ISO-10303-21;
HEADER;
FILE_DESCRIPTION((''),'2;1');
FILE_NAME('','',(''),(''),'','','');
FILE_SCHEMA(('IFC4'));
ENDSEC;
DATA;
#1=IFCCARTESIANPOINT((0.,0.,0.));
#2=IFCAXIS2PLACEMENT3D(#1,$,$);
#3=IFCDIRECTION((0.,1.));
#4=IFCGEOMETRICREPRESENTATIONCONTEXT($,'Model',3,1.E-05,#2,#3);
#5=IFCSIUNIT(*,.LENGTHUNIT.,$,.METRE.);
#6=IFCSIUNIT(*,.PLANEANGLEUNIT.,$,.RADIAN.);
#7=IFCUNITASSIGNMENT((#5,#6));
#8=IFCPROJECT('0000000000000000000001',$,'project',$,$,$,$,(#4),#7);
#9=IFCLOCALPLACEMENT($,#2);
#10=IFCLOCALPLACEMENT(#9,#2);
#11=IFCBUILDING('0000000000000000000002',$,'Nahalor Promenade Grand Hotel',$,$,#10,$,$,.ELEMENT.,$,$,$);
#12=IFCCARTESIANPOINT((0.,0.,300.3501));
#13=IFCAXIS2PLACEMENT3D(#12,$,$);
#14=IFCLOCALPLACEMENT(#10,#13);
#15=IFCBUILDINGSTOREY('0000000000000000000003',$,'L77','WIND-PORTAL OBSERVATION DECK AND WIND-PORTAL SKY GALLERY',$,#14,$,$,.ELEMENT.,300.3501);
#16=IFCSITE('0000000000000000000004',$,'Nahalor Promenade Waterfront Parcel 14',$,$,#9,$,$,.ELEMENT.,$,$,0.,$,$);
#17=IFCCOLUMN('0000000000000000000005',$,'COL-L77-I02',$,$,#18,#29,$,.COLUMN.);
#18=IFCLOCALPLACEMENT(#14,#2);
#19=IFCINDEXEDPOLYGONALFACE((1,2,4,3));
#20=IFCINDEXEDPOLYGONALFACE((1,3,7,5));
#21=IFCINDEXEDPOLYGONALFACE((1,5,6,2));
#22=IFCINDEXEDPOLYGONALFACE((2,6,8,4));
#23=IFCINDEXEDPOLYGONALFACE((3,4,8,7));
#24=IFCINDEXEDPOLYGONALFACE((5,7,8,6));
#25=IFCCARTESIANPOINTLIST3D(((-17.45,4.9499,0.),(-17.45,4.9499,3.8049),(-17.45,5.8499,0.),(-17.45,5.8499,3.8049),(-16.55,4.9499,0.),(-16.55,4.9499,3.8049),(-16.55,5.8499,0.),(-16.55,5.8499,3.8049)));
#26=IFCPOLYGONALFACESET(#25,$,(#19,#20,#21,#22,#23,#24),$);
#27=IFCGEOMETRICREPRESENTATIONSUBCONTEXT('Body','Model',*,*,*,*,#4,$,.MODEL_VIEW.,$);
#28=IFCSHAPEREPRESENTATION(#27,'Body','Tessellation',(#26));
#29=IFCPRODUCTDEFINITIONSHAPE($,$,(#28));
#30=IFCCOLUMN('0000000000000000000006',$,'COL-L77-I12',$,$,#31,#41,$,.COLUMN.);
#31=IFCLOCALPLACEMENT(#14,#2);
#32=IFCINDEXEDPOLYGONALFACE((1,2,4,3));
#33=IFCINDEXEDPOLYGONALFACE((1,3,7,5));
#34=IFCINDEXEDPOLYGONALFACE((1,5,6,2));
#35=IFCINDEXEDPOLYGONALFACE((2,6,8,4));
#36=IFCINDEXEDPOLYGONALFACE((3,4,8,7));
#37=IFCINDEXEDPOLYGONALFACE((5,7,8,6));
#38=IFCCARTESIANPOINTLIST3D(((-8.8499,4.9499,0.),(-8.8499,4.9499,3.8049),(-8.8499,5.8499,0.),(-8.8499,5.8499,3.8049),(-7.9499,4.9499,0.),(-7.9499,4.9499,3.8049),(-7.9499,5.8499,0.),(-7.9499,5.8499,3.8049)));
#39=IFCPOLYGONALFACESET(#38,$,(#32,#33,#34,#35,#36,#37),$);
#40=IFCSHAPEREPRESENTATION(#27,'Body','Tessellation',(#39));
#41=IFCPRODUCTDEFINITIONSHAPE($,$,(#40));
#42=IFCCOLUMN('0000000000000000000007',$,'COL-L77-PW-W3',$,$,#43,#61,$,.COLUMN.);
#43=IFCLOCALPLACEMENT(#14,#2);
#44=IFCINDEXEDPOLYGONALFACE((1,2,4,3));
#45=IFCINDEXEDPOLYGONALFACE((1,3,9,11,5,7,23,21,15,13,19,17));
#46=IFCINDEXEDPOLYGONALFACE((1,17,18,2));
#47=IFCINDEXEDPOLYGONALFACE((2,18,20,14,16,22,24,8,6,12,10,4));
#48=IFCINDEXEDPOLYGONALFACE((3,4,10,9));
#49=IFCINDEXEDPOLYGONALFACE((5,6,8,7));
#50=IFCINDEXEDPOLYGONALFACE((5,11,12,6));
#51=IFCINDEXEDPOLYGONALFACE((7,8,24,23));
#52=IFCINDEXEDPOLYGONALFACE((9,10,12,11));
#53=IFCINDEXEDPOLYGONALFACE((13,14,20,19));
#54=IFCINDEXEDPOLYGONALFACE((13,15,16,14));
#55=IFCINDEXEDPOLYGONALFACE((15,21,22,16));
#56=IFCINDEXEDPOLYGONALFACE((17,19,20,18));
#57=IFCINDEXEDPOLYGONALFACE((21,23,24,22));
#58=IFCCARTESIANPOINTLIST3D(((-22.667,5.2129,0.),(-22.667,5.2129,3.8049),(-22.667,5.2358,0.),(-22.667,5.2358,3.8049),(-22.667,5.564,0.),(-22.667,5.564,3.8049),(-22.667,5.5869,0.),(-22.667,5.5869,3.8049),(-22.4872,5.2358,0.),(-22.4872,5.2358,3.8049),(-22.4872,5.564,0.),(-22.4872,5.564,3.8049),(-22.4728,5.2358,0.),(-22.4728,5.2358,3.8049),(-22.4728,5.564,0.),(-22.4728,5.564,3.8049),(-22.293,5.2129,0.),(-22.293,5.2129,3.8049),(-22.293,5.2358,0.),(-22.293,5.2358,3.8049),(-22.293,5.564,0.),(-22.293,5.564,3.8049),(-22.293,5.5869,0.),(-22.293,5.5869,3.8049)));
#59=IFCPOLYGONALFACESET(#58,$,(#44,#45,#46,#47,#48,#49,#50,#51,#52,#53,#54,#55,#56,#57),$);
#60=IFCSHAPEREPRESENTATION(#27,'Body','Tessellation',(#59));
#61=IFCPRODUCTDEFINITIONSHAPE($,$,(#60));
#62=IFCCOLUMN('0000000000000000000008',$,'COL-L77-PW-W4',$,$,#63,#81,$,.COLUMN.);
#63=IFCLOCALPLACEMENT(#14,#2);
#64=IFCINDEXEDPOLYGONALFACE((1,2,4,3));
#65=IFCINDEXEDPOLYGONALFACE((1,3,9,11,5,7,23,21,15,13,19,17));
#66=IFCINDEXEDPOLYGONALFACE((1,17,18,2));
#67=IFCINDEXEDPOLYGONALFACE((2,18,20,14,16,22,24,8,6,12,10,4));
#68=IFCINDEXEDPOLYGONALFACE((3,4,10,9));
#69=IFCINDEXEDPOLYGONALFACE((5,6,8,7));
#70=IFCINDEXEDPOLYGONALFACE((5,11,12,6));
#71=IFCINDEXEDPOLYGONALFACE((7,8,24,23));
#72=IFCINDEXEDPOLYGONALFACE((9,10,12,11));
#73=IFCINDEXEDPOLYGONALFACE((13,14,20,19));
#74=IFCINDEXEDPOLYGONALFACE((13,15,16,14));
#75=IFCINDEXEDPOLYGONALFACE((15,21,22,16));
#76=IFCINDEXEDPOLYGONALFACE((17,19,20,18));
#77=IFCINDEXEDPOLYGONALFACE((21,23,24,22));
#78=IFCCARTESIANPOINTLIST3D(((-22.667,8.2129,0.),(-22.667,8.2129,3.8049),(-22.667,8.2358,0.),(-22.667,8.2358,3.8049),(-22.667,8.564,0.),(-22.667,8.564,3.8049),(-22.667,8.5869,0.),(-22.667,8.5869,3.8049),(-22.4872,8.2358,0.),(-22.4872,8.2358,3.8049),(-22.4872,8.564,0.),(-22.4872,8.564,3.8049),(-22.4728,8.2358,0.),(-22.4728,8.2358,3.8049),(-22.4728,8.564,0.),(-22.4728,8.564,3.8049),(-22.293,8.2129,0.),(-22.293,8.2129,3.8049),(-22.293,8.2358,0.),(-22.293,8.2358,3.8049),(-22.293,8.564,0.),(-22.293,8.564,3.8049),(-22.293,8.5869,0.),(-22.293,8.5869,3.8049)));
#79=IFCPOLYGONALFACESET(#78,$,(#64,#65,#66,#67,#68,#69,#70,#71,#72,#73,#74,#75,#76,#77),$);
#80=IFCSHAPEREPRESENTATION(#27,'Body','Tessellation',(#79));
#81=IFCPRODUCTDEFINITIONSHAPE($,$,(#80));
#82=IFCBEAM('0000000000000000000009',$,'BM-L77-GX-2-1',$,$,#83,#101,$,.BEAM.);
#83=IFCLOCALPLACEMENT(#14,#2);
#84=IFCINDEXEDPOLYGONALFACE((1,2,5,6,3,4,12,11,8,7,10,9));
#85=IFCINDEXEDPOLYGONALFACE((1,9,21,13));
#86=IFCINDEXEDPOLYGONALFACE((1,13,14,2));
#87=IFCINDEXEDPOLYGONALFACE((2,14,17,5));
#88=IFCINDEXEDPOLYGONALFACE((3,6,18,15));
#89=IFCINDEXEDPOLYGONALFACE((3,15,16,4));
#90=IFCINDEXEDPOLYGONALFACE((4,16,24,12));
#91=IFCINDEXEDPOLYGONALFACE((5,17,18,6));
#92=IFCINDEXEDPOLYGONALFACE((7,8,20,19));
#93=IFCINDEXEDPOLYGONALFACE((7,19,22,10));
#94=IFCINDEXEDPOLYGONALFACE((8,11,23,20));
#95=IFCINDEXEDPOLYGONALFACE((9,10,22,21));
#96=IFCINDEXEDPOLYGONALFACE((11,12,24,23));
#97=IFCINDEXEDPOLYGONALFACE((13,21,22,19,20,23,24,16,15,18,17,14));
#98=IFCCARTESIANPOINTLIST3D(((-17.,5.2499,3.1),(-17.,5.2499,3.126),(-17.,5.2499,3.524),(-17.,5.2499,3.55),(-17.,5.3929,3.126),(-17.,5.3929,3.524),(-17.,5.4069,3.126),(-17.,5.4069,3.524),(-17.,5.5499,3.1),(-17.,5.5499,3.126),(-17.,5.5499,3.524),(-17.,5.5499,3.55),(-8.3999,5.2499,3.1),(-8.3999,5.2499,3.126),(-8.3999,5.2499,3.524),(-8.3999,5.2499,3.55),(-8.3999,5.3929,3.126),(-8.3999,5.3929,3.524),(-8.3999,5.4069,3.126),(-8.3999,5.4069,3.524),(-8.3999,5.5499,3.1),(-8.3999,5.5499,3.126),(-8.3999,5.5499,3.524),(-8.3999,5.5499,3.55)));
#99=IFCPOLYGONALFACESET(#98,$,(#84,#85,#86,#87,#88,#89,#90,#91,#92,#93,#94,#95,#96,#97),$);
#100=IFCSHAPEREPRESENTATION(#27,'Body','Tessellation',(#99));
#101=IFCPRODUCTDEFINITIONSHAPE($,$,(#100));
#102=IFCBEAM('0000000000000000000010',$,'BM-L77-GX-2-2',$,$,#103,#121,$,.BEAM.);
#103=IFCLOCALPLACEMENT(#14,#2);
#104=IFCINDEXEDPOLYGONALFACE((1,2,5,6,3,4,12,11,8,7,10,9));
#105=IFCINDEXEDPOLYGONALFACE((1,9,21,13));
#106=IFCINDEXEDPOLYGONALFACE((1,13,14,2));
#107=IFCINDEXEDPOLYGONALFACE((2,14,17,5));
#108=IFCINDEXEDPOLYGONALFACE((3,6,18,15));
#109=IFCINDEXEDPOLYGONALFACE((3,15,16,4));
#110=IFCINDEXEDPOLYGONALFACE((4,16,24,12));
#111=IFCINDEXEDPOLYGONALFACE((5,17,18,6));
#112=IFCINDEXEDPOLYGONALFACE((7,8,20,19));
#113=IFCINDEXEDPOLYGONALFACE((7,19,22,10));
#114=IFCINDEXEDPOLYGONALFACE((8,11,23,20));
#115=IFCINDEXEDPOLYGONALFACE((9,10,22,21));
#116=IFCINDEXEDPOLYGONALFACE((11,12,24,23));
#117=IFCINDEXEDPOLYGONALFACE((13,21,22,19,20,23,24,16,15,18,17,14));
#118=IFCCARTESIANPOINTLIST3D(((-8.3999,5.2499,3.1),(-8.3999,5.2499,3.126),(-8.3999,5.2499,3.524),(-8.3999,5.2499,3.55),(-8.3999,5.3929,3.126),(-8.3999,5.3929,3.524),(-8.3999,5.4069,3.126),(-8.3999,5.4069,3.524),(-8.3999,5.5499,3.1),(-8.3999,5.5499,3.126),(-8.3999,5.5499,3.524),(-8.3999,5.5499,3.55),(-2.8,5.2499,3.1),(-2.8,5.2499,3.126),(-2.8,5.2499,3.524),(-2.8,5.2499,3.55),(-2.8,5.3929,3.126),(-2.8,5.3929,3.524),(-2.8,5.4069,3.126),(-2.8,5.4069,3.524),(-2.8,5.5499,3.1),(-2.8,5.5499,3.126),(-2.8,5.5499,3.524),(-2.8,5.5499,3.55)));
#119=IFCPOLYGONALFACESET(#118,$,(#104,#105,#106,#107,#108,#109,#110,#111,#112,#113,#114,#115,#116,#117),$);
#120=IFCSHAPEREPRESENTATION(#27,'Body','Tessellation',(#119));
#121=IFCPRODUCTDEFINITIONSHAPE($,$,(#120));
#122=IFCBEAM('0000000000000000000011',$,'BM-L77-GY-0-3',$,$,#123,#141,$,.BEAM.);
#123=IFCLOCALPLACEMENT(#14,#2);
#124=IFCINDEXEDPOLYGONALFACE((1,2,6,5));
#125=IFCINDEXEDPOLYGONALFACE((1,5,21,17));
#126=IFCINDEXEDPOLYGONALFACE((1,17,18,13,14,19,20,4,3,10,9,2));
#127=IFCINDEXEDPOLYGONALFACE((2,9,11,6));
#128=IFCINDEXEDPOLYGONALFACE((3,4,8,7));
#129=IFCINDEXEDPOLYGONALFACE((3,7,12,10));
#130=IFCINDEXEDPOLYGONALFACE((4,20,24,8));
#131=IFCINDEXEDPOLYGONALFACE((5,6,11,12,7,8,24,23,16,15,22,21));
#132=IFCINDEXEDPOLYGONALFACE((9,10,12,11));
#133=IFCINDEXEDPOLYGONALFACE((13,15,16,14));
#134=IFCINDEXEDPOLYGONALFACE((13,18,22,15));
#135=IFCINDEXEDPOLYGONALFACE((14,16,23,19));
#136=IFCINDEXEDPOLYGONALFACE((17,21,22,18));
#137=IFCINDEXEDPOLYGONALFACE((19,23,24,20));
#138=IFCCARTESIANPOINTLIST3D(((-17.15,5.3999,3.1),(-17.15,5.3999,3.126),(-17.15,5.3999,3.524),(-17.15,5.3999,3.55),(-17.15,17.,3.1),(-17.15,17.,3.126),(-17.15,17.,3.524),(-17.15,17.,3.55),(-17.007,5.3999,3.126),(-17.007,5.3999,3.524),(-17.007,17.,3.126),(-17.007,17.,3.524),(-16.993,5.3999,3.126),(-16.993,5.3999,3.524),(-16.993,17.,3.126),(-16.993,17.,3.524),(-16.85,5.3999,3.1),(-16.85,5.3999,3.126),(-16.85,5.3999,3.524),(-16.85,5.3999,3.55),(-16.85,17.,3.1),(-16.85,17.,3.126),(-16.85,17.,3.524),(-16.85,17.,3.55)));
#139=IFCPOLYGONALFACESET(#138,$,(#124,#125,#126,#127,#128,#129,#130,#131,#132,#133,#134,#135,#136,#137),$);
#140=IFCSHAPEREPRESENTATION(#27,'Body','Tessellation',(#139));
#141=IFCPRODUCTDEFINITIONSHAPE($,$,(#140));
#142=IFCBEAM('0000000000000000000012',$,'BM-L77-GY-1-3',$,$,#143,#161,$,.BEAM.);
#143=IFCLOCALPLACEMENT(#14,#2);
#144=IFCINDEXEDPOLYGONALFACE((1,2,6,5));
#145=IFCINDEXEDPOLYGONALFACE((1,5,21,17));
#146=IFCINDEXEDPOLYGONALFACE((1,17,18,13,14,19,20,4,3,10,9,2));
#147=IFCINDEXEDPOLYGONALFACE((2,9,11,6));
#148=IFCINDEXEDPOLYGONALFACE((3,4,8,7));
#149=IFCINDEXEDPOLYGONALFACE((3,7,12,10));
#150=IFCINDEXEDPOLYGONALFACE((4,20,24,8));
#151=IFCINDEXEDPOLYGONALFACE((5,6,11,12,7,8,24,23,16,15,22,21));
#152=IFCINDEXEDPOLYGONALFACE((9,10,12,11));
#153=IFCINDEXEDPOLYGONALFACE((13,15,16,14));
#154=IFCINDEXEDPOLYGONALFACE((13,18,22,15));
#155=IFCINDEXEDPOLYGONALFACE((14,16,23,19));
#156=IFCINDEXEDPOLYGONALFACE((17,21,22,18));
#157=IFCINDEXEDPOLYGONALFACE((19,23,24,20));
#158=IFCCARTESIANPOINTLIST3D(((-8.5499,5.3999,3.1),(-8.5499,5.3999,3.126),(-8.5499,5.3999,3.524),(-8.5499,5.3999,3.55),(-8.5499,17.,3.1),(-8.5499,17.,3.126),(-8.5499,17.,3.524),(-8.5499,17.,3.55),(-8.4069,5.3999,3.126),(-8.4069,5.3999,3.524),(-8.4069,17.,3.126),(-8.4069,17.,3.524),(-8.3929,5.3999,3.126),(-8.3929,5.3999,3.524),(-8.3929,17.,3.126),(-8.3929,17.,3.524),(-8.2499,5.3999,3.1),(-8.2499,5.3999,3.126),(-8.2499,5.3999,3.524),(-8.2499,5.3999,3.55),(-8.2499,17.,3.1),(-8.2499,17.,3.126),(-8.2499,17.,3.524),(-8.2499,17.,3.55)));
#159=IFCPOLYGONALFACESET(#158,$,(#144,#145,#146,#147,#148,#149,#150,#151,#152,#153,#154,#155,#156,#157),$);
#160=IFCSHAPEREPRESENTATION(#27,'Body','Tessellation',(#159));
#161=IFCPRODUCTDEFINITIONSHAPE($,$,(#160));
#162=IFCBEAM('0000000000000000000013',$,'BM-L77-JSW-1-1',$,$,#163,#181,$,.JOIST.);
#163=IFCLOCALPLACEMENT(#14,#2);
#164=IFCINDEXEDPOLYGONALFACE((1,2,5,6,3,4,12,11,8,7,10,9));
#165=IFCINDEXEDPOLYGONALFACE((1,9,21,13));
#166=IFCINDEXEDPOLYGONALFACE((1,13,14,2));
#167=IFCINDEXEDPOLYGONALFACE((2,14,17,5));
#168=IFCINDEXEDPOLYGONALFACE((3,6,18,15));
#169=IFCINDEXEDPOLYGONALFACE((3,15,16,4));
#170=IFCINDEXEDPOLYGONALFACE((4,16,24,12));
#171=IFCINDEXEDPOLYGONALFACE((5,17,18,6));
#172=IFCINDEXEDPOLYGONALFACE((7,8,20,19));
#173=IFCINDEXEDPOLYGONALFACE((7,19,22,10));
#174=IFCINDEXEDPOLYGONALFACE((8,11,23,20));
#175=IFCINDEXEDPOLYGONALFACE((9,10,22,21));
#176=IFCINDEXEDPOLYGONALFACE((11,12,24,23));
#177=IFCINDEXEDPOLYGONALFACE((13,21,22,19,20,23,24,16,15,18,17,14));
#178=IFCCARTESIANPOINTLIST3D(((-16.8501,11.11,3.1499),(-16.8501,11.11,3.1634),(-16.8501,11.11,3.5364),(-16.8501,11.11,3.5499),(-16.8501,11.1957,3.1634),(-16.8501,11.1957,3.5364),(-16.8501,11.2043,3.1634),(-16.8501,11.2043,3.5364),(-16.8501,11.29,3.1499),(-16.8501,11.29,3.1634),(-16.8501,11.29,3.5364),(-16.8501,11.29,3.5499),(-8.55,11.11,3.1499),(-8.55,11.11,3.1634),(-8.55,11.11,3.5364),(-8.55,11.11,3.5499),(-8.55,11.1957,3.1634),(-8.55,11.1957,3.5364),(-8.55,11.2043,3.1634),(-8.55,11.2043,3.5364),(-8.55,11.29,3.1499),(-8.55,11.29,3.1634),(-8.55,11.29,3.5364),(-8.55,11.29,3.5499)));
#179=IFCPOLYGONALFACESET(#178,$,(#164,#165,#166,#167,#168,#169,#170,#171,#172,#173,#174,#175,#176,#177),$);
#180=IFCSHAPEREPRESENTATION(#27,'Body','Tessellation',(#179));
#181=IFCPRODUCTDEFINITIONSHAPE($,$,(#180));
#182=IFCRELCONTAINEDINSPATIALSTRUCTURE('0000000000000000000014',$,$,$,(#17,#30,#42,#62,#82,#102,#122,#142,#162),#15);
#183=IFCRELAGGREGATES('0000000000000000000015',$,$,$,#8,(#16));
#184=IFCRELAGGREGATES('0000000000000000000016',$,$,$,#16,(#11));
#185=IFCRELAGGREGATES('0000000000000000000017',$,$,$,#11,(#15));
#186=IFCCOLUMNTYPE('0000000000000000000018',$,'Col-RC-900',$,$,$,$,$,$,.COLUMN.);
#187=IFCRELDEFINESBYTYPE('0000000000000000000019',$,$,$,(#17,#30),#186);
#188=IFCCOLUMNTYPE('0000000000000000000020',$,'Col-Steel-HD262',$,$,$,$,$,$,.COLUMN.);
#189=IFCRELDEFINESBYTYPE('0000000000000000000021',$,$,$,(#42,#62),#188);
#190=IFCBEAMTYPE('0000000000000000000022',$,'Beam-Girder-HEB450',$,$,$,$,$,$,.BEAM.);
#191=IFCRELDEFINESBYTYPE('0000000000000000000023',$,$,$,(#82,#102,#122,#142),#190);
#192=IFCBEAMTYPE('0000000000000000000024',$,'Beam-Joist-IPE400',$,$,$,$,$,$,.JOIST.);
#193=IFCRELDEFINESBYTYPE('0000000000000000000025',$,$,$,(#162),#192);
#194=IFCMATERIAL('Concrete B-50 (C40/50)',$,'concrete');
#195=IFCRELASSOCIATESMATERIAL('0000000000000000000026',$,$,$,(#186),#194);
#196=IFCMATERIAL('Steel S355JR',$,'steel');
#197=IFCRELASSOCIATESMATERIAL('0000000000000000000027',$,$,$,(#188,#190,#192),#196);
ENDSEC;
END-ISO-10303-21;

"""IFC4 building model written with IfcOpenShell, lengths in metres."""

from ifc_helpers import new_model, si_unit, direction, frame, origin, origin_2d, place, context, subcontext, project, spatial, rectangle, i_section, extrude, source, transform, mapped, material, material_profile, profile_set, type_object, element, save


model = new_model("IFC4")

# Units and contexts
model_context = context("Model", 3, precision=1e-05, world=origin(), true_north=direction((0.0, 1.0)))
body_context = subcontext(model_context, "Body", "Model", "MODEL_VIEW")
ifc_project = project(units=[si_unit("LENGTHUNIT", "METRE"), si_unit("PLANEANGLEUNIT", "RADIAN")], contexts=[model_context])

# Site, building, storey
site_placement = place(None, origin())
site = spatial("IfcSite", under=ifc_project, at=site_placement, Name="Nahalor Promenade Waterfront Parcel 14", CompositionType="ELEMENT", RefElevation=0.0)
building_placement = place(site_placement, origin())
building = spatial("IfcBuilding", under=site, at=building_placement, Name="Nahalor Promenade Grand Hotel", CompositionType="ELEMENT")
storey_placement = place(building_placement, frame((0.0, 0.0, 300.3501)))
storey = spatial("IfcBuildingStorey", under=building, at=storey_placement, Name="L77", Description="WIND-PORTAL OBSERVATION DECK AND WIND-PORTAL SKY GALLERY", CompositionType="ELEMENT", Elevation=300.3501)

# Columns
ifc_material_1 = material(Name="Concrete B-50 (C40/50)", Category="concrete")
ifc_material_profile_1 = material_profile(ifc_material_1, rectangle(XDim=0.9, YDim=0.9, at=origin_2d()), Name="RC 900x900")
ifc_profile_set_1 = profile_set([ifc_material_profile_1], Name="Concrete B-50 (C40/50)")
column_type_1 = type_object("IfcColumnType", Name="Col-RC-900", PredefinedType="COLUMN", material=ifc_profile_set_1)
shared_shape_1 = source(origin(), body_context, "Body", "SweptSolid", [
    extrude(rectangle(XDim=0.9, YDim=0.9, at=origin_2d()), origin(), (0.0, 0.0, 1.0), 3.8049),
])
for number, where, z_axis, x_axis, name in (
    (1, (-17.0, 5.3999, 0.0), (0.0, 0.0, 1.0), (1.0, 0.0, 0.0), "COL-L77-I02"),
    (2, (-8.3999, 5.3999, 0.0), (0.0, 0.0, 1.0), (1.0, 0.0, 0.0), "COL-L77-I12"),
):
    element("IfcColumn", number, at=place(storey_placement, frame(where, z_axis=z_axis, x_axis=x_axis)), inside=storey, type_object=column_type_1, Name=name, PredefinedType="COLUMN", context=body_context, shape_type="MappedRepresentation", body=[
        mapped(shared_shape_1, transform((0.0, 0.0, 0.0), scale=1.0)),
    ])
ifc_material_2 = material(Name="Steel S355JR", Category="steel")
ifc_material_profile_2 = material_profile(ifc_material_2, i_section(OverallWidth=0.374, OverallDepth=0.374, WebThickness=0.0144, FlangeThickness=0.0229, at=origin_2d()), Name="HD 360x262")
ifc_profile_set_2 = profile_set([ifc_material_profile_2], Name="Steel S355JR")
column_type_2 = type_object("IfcColumnType", Name="Col-Steel-HD262", PredefinedType="COLUMN", material=ifc_profile_set_2)
shared_shape_2 = source(origin(), body_context, "Body", "SweptSolid", [
    extrude(i_section(OverallWidth=0.374, OverallDepth=0.374, WebThickness=0.0144, FlangeThickness=0.0229, at=origin_2d()), origin(), (0.0, 0.0, 1.0), 3.8049),
])
for number, where, z_axis, x_axis, name in (
    (3, (-22.48, 5.3999, 0.0), (0.0, 0.0, 1.0), (1.0, 0.0, 0.0), "COL-L77-PW-W3"),
    (4, (-22.48, 8.3999, 0.0), (0.0, 0.0, 1.0), (1.0, 0.0, 0.0), "COL-L77-PW-W4"),
):
    element("IfcColumn", number, at=place(storey_placement, frame(where, z_axis=z_axis, x_axis=x_axis)), inside=storey, type_object=column_type_2, Name=name, PredefinedType="COLUMN", context=body_context, shape_type="MappedRepresentation", body=[
        mapped(shared_shape_2, transform((0.0, 0.0, 0.0), scale=1.0)),
    ])

# Beams
ifc_material_profile_3 = material_profile(ifc_material_2, i_section(OverallWidth=0.3, OverallDepth=0.45, WebThickness=0.014, FlangeThickness=0.026, at=origin_2d()), Name="HEB 450")
ifc_profile_set_3 = profile_set([ifc_material_profile_3], Name="Steel S355JR")
beam_type_1 = type_object("IfcBeamType", Name="Beam-Girder-HEB450", PredefinedType="BEAM", material=ifc_profile_set_3)
shared_shape_3 = source(origin(), body_context, "Body", "SweptSolid", [
    extrude(i_section(OverallWidth=0.3, OverallDepth=0.45, WebThickness=0.014, FlangeThickness=0.026, at=origin_2d()), origin(), (0.0, 0.0, 1.0), 8.6001),
])
beam_1_placement = place(storey_placement, frame((-17.0, 5.3999, 3.325), z_axis=(1.0, 0.0, 0.0), x_axis=(0.0, 1.0, 0.0)))
element("IfcBeam", 5, at=beam_1_placement, inside=storey, type_object=beam_type_1, Name="BM-L77-GX-2-1", PredefinedType="BEAM", context=body_context, shape_type="MappedRepresentation", body=[
    mapped(shared_shape_3, transform((0.0, 0.0, 0.0), scale=1.0)),
])
shared_shape_4 = source(origin(), body_context, "Body", "SweptSolid", [
    extrude(i_section(OverallWidth=0.3, OverallDepth=0.45, WebThickness=0.014, FlangeThickness=0.026, at=origin_2d()), origin(), (0.0, 0.0, 1.0), 5.5999),
])
beam_2_placement = place(storey_placement, frame((-8.3999, 5.3999, 3.325), z_axis=(1.0, 0.0, 0.0), x_axis=(0.0, 1.0, 0.0)))
element("IfcBeam", 6, at=beam_2_placement, inside=storey, type_object=beam_type_1, Name="BM-L77-GX-2-2", PredefinedType="BEAM", context=body_context, shape_type="MappedRepresentation", body=[
    mapped(shared_shape_4, transform((0.0, 0.0, 0.0), scale=1.0)),
])
shared_shape_5 = source(origin(), body_context, "Body", "SweptSolid", [
    extrude(i_section(OverallWidth=0.3, OverallDepth=0.45, WebThickness=0.014, FlangeThickness=0.026, at=origin_2d()), origin(), (0.0, 0.0, 1.0), 11.6001),
])
for number, where, z_axis, x_axis, name in (
    (7, (-17.0, 5.3999, 3.325), (0.0, 1.0, 0.0), (-1.0, 0.0, 0.0), "BM-L77-GY-0-3"),
    (8, (-8.3999, 5.3999, 3.325), (0.0, 1.0, 0.0), (-1.0, 0.0, 0.0), "BM-L77-GY-1-3"),
):
    element("IfcBeam", number, at=place(storey_placement, frame(where, z_axis=z_axis, x_axis=x_axis)), inside=storey, type_object=beam_type_1, Name=name, PredefinedType="BEAM", context=body_context, shape_type="MappedRepresentation", body=[
        mapped(shared_shape_5, transform((0.0, 0.0, 0.0), scale=1.0)),
    ])
ifc_material_profile_4 = material_profile(ifc_material_2, i_section(OverallWidth=0.18, OverallDepth=0.4, WebThickness=0.0086, FlangeThickness=0.0135, at=origin_2d()), Name="IPE 400")
ifc_profile_set_4 = profile_set([ifc_material_profile_4], Name="Steel S355JR")
beam_type_2 = type_object("IfcBeamType", Name="Beam-Joist-IPE400", PredefinedType="JOIST", material=ifc_profile_set_4)
shared_shape_6 = source(origin(), body_context, "Body", "SweptSolid", [
    extrude(i_section(OverallWidth=0.18, OverallDepth=0.4, WebThickness=0.0086, FlangeThickness=0.0135, at=origin_2d()), origin(), (0.0, 0.0, 1.0), 8.3),
])
beam_3_placement = place(storey_placement, frame((-16.8501, 11.2, 3.3499), z_axis=(1.0, 0.0, 0.0), x_axis=(0.0, 1.0, 0.0)))
element("IfcBeam", 9, at=beam_3_placement, inside=storey, type_object=beam_type_2, Name="BM-L77-JSW-1-1", PredefinedType="JOIST", context=body_context, shape_type="MappedRepresentation", body=[
    mapped(shared_shape_6, transform((0.0, 0.0, 0.0), scale=1.0)),
])

save(model, "model.ifc")
